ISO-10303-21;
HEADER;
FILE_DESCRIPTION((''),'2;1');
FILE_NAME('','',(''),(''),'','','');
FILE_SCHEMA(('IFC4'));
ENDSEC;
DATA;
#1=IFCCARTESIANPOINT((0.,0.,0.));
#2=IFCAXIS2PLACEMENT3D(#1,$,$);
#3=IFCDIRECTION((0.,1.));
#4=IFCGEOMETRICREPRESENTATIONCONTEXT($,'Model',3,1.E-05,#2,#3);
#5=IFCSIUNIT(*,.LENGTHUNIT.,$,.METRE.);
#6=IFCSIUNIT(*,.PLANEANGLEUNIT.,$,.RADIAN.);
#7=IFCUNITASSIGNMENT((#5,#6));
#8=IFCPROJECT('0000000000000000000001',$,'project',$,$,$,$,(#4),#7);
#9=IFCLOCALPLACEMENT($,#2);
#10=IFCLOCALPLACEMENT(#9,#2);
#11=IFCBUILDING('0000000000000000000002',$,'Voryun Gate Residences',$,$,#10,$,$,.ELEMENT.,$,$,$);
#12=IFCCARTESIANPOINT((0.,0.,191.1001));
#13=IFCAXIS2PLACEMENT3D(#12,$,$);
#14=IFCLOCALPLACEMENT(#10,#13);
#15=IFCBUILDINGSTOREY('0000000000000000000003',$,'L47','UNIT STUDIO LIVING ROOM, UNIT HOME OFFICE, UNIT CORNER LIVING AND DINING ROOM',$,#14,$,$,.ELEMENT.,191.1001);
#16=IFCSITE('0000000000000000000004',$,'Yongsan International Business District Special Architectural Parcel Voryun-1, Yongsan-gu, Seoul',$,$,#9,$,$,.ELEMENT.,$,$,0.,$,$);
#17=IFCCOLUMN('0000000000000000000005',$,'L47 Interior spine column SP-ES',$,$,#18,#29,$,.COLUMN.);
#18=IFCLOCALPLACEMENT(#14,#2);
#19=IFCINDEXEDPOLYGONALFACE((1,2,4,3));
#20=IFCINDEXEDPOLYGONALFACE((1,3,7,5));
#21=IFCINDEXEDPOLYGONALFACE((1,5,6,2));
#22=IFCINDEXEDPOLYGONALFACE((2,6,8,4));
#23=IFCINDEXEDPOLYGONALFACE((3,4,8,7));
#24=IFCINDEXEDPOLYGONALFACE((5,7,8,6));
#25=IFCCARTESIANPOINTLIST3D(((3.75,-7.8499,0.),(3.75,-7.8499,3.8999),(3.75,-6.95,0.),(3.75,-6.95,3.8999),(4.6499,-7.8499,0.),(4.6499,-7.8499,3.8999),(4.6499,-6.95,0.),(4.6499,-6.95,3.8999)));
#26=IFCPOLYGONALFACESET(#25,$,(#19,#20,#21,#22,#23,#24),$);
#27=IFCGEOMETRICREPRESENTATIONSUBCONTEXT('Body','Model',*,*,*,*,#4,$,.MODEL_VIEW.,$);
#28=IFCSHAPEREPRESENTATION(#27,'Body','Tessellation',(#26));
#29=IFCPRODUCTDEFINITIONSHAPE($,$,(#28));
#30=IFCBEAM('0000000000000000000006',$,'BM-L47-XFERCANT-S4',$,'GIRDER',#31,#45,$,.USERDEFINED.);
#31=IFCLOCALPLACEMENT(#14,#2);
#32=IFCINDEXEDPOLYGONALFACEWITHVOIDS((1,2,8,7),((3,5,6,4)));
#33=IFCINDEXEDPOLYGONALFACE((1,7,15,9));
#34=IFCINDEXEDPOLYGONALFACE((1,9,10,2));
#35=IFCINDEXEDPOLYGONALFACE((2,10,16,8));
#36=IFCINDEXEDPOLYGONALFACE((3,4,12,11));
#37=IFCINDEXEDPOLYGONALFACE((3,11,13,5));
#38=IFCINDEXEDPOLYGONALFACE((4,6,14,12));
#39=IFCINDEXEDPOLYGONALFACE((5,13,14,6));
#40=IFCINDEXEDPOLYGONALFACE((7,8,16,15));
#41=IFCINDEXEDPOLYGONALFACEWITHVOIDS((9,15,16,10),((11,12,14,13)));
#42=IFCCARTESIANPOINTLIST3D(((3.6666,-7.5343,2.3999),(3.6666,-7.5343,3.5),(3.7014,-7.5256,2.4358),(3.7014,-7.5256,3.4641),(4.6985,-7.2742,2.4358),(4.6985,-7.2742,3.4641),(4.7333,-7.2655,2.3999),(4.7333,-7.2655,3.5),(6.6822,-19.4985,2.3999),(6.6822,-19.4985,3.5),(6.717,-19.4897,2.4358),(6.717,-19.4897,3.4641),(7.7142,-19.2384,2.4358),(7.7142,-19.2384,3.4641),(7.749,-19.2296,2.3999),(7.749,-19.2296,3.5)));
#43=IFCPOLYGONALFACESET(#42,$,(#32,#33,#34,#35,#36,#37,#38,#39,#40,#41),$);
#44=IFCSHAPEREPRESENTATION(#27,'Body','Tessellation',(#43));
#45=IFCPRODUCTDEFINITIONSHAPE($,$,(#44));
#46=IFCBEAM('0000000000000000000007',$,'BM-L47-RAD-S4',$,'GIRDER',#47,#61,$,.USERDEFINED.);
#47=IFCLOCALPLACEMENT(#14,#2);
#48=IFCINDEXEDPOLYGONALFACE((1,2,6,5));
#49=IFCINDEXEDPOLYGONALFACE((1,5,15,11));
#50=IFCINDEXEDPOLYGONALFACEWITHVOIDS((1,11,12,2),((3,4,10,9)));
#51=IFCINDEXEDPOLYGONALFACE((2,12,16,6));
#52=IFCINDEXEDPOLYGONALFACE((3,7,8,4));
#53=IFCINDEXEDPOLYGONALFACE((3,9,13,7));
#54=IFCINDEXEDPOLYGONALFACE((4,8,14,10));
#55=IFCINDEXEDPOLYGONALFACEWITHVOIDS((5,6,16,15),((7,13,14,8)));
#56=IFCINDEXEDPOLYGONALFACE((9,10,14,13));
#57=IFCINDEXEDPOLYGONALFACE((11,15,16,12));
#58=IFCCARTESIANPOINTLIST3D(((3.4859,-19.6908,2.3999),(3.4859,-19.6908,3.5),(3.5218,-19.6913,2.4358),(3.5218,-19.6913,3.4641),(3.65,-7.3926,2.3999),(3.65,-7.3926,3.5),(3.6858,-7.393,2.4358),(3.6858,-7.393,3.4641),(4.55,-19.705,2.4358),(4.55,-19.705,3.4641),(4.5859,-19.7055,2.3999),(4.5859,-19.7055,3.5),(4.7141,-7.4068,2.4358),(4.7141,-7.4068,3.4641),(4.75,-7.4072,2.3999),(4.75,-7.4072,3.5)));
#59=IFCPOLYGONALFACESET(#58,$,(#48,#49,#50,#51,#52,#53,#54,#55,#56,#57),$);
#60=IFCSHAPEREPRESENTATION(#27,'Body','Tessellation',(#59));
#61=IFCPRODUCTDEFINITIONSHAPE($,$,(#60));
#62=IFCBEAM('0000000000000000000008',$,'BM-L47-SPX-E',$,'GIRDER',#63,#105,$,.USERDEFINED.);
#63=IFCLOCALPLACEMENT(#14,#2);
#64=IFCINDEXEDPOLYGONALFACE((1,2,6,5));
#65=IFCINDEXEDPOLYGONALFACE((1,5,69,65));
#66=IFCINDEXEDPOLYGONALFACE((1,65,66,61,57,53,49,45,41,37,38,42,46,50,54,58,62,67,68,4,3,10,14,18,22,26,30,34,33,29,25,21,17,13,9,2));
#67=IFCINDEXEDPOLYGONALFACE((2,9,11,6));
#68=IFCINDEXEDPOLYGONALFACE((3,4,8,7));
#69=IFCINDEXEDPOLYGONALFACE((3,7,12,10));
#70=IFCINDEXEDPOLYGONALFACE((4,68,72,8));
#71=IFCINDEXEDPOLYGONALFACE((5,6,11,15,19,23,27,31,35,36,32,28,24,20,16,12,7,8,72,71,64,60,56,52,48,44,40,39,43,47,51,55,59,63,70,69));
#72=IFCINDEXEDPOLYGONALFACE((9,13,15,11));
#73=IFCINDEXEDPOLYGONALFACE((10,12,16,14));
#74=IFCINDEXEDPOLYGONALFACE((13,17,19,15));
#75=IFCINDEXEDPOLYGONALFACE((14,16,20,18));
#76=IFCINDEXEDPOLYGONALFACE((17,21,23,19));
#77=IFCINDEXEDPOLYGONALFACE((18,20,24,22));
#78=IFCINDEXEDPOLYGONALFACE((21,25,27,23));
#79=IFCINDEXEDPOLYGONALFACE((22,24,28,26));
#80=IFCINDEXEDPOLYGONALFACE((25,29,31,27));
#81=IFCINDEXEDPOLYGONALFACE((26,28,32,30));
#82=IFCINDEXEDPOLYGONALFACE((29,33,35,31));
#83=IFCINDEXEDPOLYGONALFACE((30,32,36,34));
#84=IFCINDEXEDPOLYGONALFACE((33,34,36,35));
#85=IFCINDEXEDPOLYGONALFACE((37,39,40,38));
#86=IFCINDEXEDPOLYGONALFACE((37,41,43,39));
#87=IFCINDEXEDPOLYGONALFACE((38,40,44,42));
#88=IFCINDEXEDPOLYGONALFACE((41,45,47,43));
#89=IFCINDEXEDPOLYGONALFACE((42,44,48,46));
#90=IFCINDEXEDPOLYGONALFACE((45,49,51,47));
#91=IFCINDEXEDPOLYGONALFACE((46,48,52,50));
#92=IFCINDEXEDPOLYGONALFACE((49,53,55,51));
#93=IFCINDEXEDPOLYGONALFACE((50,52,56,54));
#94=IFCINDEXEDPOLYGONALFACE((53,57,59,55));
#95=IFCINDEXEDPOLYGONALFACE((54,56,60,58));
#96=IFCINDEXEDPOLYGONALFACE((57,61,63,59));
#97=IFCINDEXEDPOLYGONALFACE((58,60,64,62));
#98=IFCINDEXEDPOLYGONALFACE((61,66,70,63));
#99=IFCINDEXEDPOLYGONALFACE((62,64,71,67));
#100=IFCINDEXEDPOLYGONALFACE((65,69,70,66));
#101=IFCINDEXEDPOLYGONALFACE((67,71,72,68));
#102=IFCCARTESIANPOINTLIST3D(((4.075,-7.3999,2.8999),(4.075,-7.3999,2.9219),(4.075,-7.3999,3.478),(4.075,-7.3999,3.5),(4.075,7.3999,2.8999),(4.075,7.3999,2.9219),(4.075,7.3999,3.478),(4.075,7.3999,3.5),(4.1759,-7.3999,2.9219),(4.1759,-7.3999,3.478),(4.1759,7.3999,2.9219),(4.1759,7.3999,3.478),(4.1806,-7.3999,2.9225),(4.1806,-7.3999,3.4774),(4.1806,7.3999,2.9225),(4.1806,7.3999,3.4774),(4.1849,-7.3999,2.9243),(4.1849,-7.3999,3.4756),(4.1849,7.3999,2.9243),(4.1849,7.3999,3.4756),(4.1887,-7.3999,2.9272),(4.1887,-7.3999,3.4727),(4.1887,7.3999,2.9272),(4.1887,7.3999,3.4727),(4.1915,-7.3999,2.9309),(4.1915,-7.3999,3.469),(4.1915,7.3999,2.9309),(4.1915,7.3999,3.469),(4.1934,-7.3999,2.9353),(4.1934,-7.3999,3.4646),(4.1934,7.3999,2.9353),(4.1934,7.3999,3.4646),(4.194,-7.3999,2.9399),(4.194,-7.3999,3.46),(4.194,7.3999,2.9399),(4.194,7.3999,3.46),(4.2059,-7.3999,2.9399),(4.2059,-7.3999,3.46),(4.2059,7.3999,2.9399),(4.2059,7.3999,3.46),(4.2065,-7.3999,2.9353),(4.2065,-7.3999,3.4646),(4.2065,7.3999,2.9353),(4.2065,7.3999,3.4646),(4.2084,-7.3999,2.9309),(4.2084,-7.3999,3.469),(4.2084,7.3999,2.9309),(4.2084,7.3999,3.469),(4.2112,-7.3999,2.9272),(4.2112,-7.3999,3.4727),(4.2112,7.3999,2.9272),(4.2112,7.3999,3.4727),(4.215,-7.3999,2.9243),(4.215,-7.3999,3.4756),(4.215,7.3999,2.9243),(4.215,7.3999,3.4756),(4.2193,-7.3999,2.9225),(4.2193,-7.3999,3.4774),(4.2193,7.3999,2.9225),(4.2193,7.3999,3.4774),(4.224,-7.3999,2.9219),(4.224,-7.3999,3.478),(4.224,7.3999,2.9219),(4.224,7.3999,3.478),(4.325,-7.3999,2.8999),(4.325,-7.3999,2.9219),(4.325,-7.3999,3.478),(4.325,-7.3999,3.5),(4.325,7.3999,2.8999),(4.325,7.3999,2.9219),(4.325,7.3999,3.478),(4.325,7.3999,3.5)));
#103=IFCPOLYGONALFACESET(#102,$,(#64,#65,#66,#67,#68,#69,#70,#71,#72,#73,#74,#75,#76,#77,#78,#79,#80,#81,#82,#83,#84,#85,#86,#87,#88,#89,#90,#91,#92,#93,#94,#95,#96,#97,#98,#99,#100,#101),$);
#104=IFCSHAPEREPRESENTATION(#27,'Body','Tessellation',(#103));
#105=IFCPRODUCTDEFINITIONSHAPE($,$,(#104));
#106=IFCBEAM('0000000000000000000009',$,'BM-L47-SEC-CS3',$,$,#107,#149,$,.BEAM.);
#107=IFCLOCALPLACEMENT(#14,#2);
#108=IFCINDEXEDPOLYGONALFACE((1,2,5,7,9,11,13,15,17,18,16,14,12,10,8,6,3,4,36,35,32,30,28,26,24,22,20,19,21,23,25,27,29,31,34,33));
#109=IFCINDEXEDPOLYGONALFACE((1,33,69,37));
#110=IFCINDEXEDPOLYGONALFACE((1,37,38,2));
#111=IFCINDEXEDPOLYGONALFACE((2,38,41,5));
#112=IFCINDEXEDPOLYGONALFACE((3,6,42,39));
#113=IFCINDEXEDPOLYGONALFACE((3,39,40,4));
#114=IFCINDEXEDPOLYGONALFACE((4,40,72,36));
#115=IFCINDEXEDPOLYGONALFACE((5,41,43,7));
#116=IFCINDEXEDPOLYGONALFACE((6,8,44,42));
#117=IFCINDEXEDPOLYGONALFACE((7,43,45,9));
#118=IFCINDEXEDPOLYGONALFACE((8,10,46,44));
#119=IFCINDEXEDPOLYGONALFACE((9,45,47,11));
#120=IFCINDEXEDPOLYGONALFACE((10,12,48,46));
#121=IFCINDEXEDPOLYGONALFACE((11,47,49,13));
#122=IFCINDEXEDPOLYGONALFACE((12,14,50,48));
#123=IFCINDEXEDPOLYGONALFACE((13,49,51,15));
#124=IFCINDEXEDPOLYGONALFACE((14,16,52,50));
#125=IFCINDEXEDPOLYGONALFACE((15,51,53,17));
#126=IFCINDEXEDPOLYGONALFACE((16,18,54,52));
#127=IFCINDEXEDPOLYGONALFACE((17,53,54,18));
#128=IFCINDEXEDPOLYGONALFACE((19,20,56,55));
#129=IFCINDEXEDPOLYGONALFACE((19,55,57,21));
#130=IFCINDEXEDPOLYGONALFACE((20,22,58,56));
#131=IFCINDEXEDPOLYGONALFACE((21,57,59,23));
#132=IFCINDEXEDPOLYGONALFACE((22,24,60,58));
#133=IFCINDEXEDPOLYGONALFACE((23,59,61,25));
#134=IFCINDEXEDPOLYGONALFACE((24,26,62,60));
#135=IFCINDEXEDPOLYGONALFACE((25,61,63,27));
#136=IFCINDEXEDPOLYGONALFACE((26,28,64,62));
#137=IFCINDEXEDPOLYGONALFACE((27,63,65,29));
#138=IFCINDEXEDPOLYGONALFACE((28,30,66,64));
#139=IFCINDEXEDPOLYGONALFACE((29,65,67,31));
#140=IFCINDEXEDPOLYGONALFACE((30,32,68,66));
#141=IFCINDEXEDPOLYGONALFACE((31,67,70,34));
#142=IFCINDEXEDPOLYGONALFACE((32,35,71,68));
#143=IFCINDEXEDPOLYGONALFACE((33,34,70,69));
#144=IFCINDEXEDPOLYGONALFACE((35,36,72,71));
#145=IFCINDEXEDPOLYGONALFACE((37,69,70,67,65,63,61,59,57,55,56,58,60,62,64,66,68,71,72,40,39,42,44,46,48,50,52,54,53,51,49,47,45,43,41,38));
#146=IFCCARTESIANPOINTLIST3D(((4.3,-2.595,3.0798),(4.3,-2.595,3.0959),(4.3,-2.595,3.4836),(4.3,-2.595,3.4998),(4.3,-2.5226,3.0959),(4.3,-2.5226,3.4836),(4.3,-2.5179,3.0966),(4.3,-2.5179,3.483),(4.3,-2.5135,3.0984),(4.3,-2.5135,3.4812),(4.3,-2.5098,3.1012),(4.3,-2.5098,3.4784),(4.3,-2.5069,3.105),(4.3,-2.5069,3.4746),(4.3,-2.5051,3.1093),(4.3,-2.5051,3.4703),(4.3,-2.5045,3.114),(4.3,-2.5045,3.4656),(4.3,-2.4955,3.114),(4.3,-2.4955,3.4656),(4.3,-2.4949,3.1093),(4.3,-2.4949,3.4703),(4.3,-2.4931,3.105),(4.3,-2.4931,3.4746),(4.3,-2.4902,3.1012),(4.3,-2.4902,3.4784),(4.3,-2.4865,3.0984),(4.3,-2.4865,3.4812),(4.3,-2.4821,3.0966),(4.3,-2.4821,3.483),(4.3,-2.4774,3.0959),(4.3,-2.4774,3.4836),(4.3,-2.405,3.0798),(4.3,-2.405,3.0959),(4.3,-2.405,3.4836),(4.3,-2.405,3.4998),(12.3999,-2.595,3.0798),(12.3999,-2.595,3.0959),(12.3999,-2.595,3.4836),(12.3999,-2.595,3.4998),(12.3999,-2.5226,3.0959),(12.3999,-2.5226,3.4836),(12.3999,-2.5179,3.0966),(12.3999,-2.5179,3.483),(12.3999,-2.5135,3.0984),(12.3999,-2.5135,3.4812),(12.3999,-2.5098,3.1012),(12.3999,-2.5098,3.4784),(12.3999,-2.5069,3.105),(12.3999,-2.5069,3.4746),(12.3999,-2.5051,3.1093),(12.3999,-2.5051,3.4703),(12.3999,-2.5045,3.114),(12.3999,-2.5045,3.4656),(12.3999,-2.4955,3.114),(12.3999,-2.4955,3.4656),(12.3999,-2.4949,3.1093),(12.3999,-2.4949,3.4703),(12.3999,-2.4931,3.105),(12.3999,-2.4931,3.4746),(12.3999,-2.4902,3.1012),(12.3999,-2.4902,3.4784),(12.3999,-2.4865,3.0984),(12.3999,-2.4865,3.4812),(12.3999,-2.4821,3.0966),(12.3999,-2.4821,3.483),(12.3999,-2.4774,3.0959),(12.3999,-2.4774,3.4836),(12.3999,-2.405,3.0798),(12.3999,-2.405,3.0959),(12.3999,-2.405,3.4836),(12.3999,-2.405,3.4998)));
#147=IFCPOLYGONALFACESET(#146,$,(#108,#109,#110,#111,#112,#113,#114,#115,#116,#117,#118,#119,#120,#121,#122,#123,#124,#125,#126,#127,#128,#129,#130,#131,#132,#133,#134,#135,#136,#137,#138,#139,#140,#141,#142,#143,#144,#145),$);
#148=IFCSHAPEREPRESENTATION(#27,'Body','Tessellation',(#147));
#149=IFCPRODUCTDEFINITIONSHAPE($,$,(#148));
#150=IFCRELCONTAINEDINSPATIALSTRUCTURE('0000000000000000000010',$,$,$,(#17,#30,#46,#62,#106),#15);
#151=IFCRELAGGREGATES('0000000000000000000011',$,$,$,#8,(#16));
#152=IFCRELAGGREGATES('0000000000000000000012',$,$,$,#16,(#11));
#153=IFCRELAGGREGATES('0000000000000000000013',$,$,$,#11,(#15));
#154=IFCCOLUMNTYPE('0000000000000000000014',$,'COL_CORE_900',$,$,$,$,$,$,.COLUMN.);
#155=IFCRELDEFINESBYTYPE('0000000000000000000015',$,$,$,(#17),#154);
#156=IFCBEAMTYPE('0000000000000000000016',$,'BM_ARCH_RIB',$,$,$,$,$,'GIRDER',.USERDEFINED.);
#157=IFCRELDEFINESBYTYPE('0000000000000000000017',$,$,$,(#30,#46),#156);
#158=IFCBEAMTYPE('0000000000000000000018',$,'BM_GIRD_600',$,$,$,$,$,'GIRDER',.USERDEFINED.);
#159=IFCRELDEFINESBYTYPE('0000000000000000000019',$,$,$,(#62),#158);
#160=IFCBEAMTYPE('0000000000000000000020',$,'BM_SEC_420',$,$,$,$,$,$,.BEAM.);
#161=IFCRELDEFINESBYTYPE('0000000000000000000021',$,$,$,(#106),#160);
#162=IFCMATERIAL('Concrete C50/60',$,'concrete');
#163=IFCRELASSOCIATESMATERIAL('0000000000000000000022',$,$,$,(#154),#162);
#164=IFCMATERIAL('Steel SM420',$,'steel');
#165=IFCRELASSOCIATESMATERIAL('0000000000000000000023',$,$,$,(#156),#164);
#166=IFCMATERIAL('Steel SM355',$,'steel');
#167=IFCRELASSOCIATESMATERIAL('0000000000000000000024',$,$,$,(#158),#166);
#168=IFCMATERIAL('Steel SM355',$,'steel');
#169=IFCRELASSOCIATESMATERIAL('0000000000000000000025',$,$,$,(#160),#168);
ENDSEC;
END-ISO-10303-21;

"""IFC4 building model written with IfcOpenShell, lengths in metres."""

from ifc_helpers import new_model, si_unit, direction, frame, origin, origin_2d, place, context, subcontext, project, spatial, rectangle, hollow_rectangle, i_section, extrude, material, material_profile, profile_set, type_object, element, save


model = new_model("IFC4")

# Units and contexts
model_context = context("Model", 3, precision=1e-05, world=origin(), true_north=direction((0.0, 1.0)))
body_context = subcontext(model_context, "Body", "Model", "MODEL_VIEW")
ifc_project = project(units=[si_unit("LENGTHUNIT", "METRE"), si_unit("PLANEANGLEUNIT", "RADIAN")], contexts=[model_context])

# Site, building, storey
site_placement = place(None, origin())
site = spatial("IfcSite", under=ifc_project, at=site_placement, Name="Yongsan International Business District Special Architectural Parcel Voryun-1, Yongsan-gu, Seoul", CompositionType="ELEMENT", RefElevation=0.0)
building_placement = place(site_placement, origin())
building = spatial("IfcBuilding", under=site, at=building_placement, Name="Voryun Gate Residences", CompositionType="ELEMENT")
storey_placement = place(building_placement, frame((0.0, 0.0, 191.1001)))
storey = spatial("IfcBuildingStorey", under=building, at=storey_placement, Name="L47", Description="UNIT STUDIO LIVING ROOM, UNIT HOME OFFICE, UNIT CORNER LIVING AND DINING ROOM", CompositionType="ELEMENT", Elevation=191.1001)

# Column
ifc_material_1 = material(Name="Concrete C50/60", Category="concrete")
ifc_material_profile_1 = material_profile(ifc_material_1, rectangle(XDim=0.8999, YDim=0.8999, at=origin_2d()), Name="RC-900x900")
ifc_profile_set_1 = profile_set([ifc_material_profile_1], Name="Concrete C50/60")
column_type = type_object("IfcColumnType", Name="COL_CORE_900", PredefinedType="COLUMN", material=ifc_profile_set_1)
column_placement = place(storey_placement, frame((4.2, -7.3999, 0.0), z_axis=(0.0, 0.0, 1.0), x_axis=(1.0, 0.0, 0.0)))
element("IfcColumn", 1, at=column_placement, inside=storey, type_object=column_type, Name="L47 Interior spine column SP-ES", PredefinedType="COLUMN", context=body_context, shape_type="SweptSolid", body=[
    extrude(rectangle(XDim=0.8999, YDim=0.8999, at=origin_2d()), origin(), (0.0, 0.0, 1.0), 3.8999),
])

# Beams
ifc_material_2 = material(Name="Steel SM420", Category="steel")
ifc_material_profile_2 = material_profile(ifc_material_2, hollow_rectangle(XDim=1.1001, YDim=1.1001, WallThickness=0.0359, at=origin_2d()), Name="BOX-1100x1100x36")
ifc_profile_set_2 = profile_set([ifc_material_profile_2], Name="Steel SM420")
beam_type_1 = type_object("IfcBeamType", Name="BM_ARCH_RIB", ElementType="GIRDER", PredefinedType="USERDEFINED", material=ifc_profile_set_2)
beam_1_placement = place(storey_placement, frame((4.2, -7.3999, 2.95), z_axis=(0.244411, -0.969672, 0.0), x_axis=(0.969672, 0.244411, 0.0)))
element("IfcBeam", 2, at=beam_1_placement, inside=storey, type_object=beam_type_1, Name="BM-L47-XFERCANT-S4", ObjectType="GIRDER", PredefinedType="USERDEFINED", context=body_context, shape_type="SweptSolid", body=[
    extrude(hollow_rectangle(XDim=1.1001, YDim=1.1001, WallThickness=0.0359, at=origin_2d()), origin(), (0.0, 0.0, 1.0), 12.3384),
])
beam_2_placement = place(storey_placement, frame((4.2, -7.3999, 2.95), z_axis=(-0.013339, -0.999911, 0.0), x_axis=(0.999911, -0.013339, 0.0)))
element("IfcBeam", 3, at=beam_2_placement, inside=storey, type_object=beam_type_1, Name="BM-L47-RAD-S4", ObjectType="GIRDER", PredefinedType="USERDEFINED", context=body_context, shape_type="SweptSolid", body=[
    extrude(hollow_rectangle(XDim=1.1001, YDim=1.1001, WallThickness=0.0359, at=origin_2d()), origin(), (0.0, 0.0, 1.0), 12.2993),
])
ifc_material_3 = material(Name="Steel SM355", Category="steel")
ifc_material_profile_3 = material_profile(ifc_material_3, i_section(OverallWidth=0.25, OverallDepth=0.6001, WebThickness=0.012, FlangeThickness=0.022, FilletRadius=0.0181, at=origin_2d()), Name="H-600x250x12x22")
ifc_profile_set_3 = profile_set([ifc_material_profile_3], Name="Steel SM355")
beam_type_2 = type_object("IfcBeamType", Name="BM_GIRD_600", ElementType="GIRDER", PredefinedType="USERDEFINED", material=ifc_profile_set_3)
beam_3_placement = place(storey_placement, frame((4.2, -7.3999, 3.2), z_axis=(0.0, 1.0, 0.0), x_axis=(-1.0, 0.0, 0.0)))
element("IfcBeam", 4, at=beam_3_placement, inside=storey, type_object=beam_type_2, Name="BM-L47-SPX-E", ObjectType="GIRDER", PredefinedType="USERDEFINED", context=body_context, shape_type="SweptSolid", body=[
    extrude(i_section(OverallWidth=0.25, OverallDepth=0.6001, WebThickness=0.012, FlangeThickness=0.022, FilletRadius=0.0181, at=origin_2d()), origin(), (0.0, 0.0, 1.0), 14.7998),
])
ifc_material_4 = material(Name="Steel SM355", Category="steel")
ifc_material_profile_4 = material_profile(ifc_material_4, i_section(OverallWidth=0.1899, OverallDepth=0.4199, WebThickness=0.009, FlangeThickness=0.0161, FilletRadius=0.0181, at=origin_2d()), Name="H-420x190x9x16")
ifc_profile_set_4 = profile_set([ifc_material_profile_4], Name="Steel SM355")
beam_type_3 = type_object("IfcBeamType", Name="BM_SEC_420", PredefinedType="BEAM", material=ifc_profile_set_4)
beam_4_placement = place(storey_placement, frame((4.3, -2.5, 3.2898), z_axis=(1.0, 0.0, 0.0), x_axis=(0.0, 1.0, 0.0)))
element("IfcBeam", 5, at=beam_4_placement, inside=storey, type_object=beam_type_3, Name="BM-L47-SEC-CS3", PredefinedType="BEAM", context=body_context, shape_type="SweptSolid", body=[
    extrude(i_section(OverallWidth=0.1899, OverallDepth=0.4199, WebThickness=0.009, FlangeThickness=0.0161, FilletRadius=0.0181, at=origin_2d()), origin(), (0.0, 0.0, 1.0), 8.0999),
])

save(model, "model.ifc")
